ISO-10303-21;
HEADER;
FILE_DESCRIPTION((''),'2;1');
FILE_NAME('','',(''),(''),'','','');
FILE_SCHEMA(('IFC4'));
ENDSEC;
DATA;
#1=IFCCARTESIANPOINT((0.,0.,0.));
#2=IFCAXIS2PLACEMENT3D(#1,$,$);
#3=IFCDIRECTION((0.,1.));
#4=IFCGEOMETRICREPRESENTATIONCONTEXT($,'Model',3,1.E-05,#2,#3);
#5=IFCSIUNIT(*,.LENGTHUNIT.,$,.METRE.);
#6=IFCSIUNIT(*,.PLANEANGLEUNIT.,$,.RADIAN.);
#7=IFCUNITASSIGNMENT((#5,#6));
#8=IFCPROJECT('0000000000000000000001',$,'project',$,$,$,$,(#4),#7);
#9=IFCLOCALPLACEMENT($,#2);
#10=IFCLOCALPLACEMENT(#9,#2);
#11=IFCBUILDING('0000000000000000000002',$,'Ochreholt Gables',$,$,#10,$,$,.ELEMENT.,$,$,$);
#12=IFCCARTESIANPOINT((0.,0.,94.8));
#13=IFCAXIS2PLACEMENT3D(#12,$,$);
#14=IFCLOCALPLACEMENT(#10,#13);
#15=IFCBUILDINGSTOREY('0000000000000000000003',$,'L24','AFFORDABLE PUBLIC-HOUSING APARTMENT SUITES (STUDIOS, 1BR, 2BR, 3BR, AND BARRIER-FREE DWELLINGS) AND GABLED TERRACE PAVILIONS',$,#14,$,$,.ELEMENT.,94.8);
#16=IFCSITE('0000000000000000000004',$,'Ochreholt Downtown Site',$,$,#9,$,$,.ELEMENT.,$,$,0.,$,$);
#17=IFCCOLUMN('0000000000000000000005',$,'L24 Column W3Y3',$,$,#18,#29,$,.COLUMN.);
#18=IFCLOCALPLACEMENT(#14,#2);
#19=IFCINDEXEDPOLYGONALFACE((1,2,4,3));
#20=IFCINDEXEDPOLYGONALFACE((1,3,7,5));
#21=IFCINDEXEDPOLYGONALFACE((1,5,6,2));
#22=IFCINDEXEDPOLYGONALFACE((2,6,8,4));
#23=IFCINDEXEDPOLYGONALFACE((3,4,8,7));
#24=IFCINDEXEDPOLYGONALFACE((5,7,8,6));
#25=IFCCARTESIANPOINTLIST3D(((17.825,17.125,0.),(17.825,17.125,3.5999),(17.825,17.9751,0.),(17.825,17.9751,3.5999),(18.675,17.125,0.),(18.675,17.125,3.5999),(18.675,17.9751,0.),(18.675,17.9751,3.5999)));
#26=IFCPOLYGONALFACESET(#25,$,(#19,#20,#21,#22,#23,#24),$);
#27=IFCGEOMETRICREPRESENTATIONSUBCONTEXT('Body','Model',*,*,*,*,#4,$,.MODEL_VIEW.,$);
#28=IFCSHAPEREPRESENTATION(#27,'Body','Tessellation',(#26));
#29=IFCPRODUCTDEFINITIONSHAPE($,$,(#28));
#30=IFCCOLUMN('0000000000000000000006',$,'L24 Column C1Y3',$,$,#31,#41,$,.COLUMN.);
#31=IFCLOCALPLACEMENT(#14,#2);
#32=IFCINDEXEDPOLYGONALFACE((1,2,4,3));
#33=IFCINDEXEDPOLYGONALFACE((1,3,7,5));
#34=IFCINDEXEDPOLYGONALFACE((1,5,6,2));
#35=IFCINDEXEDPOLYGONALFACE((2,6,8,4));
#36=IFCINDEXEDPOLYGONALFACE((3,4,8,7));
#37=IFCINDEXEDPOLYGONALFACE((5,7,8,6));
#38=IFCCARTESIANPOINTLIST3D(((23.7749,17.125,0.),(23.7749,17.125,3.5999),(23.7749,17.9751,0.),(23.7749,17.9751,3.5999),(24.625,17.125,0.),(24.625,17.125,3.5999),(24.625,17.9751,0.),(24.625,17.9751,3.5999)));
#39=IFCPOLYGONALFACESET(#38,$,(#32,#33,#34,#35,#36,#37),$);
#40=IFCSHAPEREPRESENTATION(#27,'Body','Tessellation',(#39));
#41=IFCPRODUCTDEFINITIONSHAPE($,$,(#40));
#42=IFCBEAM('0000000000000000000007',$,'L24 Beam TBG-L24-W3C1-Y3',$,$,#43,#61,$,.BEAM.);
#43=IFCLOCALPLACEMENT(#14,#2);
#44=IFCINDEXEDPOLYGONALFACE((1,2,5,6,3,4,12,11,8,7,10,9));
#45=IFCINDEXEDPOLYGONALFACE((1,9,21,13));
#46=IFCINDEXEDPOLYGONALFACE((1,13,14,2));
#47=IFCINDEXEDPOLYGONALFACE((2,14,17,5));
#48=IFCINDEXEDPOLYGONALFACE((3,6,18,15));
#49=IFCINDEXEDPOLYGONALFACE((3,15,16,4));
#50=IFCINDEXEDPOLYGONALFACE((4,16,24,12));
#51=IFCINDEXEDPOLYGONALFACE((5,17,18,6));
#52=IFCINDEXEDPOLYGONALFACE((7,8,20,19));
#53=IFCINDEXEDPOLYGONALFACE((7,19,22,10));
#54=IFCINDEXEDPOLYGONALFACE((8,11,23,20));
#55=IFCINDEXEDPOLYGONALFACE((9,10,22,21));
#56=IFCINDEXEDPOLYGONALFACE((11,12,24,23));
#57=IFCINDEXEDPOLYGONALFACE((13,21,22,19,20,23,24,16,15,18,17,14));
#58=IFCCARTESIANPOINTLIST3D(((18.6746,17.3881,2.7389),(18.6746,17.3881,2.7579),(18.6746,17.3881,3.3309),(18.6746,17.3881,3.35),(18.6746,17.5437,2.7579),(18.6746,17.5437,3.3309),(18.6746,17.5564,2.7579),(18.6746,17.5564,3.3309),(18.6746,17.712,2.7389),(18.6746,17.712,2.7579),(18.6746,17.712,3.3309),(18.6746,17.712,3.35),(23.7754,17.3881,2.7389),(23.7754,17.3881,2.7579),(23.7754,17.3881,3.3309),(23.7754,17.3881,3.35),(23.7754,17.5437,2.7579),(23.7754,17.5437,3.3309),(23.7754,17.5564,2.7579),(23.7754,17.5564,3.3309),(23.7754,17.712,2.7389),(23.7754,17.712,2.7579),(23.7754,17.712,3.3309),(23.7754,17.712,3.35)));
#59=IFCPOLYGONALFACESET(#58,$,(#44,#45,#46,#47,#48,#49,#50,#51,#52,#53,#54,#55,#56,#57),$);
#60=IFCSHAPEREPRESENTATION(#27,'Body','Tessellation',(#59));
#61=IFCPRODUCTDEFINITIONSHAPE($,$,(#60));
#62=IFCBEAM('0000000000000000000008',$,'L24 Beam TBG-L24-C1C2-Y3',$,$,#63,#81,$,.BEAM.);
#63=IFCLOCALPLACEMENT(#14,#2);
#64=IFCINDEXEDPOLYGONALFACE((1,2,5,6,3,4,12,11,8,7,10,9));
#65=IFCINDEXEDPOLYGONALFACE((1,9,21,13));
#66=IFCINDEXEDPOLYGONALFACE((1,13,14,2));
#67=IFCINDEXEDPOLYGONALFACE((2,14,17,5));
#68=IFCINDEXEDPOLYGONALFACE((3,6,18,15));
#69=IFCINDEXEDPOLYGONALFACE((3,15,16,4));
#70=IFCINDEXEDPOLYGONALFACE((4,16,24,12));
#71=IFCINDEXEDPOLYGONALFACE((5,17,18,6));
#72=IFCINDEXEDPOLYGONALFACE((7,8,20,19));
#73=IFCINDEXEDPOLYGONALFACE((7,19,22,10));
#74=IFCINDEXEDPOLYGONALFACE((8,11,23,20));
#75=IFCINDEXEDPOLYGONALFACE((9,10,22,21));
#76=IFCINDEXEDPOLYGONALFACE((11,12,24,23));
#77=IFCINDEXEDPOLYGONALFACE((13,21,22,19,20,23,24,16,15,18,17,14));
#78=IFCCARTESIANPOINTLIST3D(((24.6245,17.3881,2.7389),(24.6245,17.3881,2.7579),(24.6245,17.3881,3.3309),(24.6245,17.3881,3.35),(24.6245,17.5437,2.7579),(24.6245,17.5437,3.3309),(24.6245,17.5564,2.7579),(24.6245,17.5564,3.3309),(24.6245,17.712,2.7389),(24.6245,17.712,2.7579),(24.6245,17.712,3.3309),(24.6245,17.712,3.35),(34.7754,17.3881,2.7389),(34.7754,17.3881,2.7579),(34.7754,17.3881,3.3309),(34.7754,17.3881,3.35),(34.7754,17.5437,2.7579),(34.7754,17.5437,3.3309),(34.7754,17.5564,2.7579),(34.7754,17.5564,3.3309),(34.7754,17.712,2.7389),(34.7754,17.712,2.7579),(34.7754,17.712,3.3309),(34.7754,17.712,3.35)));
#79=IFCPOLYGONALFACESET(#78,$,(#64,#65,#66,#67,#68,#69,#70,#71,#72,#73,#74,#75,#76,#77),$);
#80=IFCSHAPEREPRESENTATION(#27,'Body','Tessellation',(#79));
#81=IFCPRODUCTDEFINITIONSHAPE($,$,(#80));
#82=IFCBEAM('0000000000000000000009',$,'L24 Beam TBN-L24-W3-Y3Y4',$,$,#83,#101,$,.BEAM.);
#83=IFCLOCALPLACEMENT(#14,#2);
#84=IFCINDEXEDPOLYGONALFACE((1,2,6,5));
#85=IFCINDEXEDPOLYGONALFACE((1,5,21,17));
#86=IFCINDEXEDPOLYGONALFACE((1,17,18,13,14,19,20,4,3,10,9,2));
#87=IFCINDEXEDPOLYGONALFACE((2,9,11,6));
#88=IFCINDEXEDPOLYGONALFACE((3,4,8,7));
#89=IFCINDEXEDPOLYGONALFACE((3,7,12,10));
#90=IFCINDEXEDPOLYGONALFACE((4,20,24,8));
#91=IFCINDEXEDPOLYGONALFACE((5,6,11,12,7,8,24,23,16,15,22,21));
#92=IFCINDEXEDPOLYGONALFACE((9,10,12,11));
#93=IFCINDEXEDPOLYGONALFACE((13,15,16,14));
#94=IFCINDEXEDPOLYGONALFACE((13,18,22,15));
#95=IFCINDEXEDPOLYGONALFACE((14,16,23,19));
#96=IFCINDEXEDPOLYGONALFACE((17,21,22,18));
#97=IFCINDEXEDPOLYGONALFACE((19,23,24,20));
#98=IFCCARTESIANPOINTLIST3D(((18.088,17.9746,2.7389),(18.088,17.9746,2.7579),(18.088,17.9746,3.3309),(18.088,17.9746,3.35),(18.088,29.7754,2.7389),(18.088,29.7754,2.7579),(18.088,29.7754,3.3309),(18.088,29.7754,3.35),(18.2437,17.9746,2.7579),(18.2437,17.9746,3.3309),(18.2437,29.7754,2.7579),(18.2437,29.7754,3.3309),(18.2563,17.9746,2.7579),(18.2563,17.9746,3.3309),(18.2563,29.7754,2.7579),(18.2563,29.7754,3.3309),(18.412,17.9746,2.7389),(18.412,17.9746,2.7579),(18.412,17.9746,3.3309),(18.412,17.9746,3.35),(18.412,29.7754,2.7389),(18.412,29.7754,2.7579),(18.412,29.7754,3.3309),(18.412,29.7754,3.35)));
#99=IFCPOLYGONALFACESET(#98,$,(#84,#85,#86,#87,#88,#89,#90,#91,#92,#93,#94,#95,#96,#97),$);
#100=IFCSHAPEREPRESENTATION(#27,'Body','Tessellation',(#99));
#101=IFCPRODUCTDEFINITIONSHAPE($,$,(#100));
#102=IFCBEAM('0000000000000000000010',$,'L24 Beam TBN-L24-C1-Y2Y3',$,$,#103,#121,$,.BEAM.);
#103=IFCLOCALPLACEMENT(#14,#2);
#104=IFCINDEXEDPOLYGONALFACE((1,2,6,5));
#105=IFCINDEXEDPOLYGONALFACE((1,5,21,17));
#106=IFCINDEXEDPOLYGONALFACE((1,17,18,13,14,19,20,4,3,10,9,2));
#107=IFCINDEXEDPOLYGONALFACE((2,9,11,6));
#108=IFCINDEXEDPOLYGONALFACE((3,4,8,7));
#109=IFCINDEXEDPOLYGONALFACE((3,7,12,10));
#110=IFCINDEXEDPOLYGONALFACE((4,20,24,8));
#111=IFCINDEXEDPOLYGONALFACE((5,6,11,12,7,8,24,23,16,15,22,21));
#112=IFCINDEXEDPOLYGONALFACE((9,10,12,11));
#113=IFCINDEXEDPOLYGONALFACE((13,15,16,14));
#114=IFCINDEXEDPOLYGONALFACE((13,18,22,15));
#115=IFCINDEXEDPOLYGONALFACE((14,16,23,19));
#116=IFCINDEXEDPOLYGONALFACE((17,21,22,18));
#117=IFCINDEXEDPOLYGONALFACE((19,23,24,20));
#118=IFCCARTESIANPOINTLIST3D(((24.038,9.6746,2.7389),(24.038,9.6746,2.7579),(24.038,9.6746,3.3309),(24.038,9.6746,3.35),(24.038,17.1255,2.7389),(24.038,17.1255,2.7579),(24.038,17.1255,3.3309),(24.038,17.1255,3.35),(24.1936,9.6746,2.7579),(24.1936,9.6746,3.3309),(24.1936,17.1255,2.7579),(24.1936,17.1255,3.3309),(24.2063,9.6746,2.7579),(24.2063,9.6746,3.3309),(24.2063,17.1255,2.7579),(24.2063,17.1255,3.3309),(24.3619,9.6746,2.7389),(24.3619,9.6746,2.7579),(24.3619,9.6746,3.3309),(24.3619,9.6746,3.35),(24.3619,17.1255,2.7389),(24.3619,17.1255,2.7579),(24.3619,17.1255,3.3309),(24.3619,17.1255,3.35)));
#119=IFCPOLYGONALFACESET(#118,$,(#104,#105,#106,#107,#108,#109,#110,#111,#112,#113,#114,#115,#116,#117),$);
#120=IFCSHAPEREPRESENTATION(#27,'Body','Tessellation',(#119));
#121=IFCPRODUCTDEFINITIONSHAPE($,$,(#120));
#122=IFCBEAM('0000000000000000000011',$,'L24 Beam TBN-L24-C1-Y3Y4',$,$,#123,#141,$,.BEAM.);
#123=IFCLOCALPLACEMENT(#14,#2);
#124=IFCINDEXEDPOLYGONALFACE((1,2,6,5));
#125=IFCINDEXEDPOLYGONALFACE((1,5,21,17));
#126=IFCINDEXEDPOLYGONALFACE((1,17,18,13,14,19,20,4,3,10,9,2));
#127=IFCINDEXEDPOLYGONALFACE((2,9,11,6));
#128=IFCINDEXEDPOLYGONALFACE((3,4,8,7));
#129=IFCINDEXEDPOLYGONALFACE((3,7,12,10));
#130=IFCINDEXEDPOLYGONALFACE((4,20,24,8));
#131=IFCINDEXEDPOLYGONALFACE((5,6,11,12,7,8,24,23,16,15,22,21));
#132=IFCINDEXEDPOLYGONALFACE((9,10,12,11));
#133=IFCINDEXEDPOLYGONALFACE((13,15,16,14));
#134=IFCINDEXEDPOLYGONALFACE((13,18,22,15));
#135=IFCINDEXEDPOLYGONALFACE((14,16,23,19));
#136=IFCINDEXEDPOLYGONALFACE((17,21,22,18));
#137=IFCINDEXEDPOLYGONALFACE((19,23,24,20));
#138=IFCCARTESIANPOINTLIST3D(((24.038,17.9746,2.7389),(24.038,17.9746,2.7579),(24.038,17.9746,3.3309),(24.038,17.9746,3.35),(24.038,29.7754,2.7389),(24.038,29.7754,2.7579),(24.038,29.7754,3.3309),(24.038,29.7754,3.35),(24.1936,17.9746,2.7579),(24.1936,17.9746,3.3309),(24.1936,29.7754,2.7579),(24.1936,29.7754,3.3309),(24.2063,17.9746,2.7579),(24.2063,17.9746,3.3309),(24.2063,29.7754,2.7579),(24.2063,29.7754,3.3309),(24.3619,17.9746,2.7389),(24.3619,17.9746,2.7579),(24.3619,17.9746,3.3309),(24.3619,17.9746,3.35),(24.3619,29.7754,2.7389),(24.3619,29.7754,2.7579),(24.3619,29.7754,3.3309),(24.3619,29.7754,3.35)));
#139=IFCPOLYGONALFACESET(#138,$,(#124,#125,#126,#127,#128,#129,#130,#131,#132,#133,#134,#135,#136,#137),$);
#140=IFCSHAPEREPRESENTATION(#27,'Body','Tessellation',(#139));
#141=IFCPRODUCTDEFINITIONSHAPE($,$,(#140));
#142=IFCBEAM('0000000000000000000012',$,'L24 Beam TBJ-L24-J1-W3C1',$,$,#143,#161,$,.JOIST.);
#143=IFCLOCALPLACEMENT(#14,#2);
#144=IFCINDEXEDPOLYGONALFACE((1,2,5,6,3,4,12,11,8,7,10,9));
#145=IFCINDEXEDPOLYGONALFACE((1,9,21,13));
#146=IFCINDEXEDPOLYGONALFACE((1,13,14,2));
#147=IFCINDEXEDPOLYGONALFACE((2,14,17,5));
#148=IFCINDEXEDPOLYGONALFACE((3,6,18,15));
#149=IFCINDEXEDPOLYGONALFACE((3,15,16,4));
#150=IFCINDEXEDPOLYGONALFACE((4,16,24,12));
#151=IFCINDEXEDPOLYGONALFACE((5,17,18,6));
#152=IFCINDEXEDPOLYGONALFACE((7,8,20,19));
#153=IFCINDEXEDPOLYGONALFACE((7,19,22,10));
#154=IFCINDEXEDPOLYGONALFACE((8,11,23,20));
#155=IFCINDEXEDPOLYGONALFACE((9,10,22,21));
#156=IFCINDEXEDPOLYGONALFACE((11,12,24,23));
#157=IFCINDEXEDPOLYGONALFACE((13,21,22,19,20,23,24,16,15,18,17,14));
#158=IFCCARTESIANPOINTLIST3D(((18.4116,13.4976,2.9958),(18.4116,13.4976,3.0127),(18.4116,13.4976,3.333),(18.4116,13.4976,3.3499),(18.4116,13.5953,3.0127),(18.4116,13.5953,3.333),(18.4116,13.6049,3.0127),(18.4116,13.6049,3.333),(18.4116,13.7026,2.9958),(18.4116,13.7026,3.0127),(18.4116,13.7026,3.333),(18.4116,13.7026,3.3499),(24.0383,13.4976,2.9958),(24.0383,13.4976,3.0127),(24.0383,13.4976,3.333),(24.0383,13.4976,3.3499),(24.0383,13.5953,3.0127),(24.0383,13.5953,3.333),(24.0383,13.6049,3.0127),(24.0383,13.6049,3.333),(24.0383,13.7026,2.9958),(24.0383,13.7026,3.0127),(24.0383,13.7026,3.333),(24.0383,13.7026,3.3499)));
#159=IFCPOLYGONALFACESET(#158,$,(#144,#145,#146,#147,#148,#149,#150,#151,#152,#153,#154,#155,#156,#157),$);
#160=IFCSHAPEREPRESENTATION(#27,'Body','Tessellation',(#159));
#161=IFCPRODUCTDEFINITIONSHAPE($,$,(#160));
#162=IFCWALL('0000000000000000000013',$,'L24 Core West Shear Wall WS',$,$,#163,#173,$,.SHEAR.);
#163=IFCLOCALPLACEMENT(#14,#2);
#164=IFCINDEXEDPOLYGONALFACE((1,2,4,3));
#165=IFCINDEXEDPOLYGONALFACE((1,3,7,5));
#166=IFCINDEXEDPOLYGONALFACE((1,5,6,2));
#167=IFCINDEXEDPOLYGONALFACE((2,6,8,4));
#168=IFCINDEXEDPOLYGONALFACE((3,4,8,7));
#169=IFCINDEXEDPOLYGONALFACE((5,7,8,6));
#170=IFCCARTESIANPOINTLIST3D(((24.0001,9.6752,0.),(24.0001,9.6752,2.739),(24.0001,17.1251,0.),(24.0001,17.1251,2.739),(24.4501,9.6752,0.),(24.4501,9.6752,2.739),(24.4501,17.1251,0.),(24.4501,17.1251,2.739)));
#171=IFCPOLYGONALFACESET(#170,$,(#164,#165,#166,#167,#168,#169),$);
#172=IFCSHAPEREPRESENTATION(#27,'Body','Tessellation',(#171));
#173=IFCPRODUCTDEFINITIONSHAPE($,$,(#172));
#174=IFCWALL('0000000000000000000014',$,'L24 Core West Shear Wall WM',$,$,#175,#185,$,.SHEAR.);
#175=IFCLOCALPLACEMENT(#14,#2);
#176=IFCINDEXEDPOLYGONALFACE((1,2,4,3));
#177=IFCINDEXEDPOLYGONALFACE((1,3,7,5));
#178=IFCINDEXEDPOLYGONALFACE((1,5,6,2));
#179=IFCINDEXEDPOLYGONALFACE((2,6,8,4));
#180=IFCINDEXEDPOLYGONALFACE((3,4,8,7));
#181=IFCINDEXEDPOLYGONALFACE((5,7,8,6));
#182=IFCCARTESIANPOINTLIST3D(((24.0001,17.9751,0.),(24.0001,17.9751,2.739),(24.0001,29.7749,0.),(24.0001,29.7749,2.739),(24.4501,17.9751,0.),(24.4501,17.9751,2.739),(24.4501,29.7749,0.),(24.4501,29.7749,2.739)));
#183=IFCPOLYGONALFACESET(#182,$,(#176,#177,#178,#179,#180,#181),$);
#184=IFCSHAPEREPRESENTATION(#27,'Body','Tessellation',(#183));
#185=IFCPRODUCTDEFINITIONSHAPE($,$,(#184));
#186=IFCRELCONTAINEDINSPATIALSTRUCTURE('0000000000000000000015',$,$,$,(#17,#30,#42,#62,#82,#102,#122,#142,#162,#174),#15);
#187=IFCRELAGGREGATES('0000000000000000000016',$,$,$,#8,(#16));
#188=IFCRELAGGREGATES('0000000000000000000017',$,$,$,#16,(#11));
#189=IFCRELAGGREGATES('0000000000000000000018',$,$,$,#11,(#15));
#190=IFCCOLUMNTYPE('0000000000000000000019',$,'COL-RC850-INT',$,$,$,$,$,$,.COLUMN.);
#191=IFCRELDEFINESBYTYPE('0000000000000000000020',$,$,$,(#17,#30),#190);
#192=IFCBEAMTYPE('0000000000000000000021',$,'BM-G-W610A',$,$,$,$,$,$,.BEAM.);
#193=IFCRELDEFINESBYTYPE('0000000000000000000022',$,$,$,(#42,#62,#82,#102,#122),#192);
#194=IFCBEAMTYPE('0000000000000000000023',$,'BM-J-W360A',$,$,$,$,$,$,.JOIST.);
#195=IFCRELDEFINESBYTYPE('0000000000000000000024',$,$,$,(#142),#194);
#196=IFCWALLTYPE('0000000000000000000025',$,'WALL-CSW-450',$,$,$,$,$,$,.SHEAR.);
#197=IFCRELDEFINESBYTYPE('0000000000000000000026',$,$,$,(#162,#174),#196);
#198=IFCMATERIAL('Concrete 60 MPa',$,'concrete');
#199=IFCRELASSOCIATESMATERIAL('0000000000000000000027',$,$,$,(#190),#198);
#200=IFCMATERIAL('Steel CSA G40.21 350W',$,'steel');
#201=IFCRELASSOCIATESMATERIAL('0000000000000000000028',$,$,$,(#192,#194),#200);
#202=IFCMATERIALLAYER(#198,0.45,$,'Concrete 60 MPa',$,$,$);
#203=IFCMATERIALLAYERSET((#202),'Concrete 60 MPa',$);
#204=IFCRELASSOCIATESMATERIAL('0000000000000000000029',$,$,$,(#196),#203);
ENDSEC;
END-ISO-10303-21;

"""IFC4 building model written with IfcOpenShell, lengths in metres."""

from ifc_helpers import new_model, si_unit, direction, frame, frame_2d, origin, origin_2d, place, context, subcontext, project, spatial, rectangle, i_section, extrude, material, layer, layer_set, material_profile, profile_set, type_object, element, save


model = new_model("IFC4")

# Units and contexts
model_context = context("Model", 3, precision=1e-05, world=origin(), true_north=direction((0.0, 1.0)))
body_context = subcontext(model_context, "Body", "Model", "MODEL_VIEW")
ifc_project = project(units=[si_unit("LENGTHUNIT", "METRE"), si_unit("PLANEANGLEUNIT", "RADIAN")], contexts=[model_context])

# Site, building, storey
site_placement = place(None, origin())
site = spatial("IfcSite", under=ifc_project, at=site_placement, Name="Ochreholt Downtown Site", CompositionType="ELEMENT", RefElevation=0.0)
building_placement = place(site_placement, origin())
building = spatial("IfcBuilding", under=site, at=building_placement, Name="Ochreholt Gables", CompositionType="ELEMENT")
storey_placement = place(building_placement, frame((0.0, 0.0, 94.8)))
storey = spatial("IfcBuildingStorey", under=building, at=storey_placement, Name="L24", Description="AFFORDABLE PUBLIC-HOUSING APARTMENT SUITES (STUDIOS, 1BR, 2BR, 3BR, AND BARRIER-FREE DWELLINGS) AND GABLED TERRACE PAVILIONS", CompositionType="ELEMENT", Elevation=94.8)

# Columns
ifc_material_1 = material(Name="Concrete 60 MPa", Category="concrete")
ifc_material_profile_1 = material_profile(ifc_material_1, rectangle(XDim=0.8501, YDim=0.8501, at=origin_2d()), Name="RC850X850")
ifc_profile_set_1 = profile_set([ifc_material_profile_1], Name="Concrete 60 MPa")
column_type = type_object("IfcColumnType", Name="COL-RC850-INT", PredefinedType="COLUMN", material=ifc_profile_set_1)
for number, where, z_axis, x_axis, name in (
    (1, (18.25, 17.55, 0.0), (0.0, 0.0, 1.0), (1.0, 0.0, 0.0), "L24 Column W3Y3"),
    (2, (24.2, 17.55, 0.0), (0.0, 0.0, 1.0), (1.0, 0.0, 0.0), "L24 Column C1Y3"),
):
    element("IfcColumn", number, at=place(storey_placement, frame(where, z_axis=z_axis, x_axis=x_axis)), inside=storey, type_object=column_type, Name=name, PredefinedType="COLUMN", context=body_context, shape_type="SweptSolid", body=[
        extrude(rectangle(XDim=0.8501, YDim=0.8501, at=origin_2d()), origin(), (0.0, 0.0, 1.0), 3.5999),
    ])

# Beams
ifc_material_2 = material(Name="Steel CSA G40.21 350W", Category="steel")
ifc_material_profile_2 = material_profile(ifc_material_2, i_section(OverallWidth=0.324, OverallDepth=0.6111, WebThickness=0.0127, FlangeThickness=0.019, at=origin_2d()), Name="W610X155")
ifc_profile_set_2 = profile_set([ifc_material_profile_2], Name="Steel CSA G40.21 350W")
beam_type_1 = type_object("IfcBeamType", Name="BM-G-W610A", PredefinedType="BEAM", material=ifc_profile_set_2)
beam_1_placement = place(storey_placement, frame((18.6746, 17.55, 3.0444), z_axis=(1.0, 0.0, 0.0), x_axis=(0.0, 1.0, 0.0)))
element("IfcBeam", 3, at=beam_1_placement, inside=storey, type_object=beam_type_1, Name="L24 Beam TBG-L24-W3C1-Y3", PredefinedType="BEAM", context=body_context, shape_type="SweptSolid", body=[
    extrude(i_section(OverallWidth=0.324, OverallDepth=0.6111, WebThickness=0.0127, FlangeThickness=0.019, at=origin_2d()), origin(), (0.0, 0.0, 1.0), 5.1008),
])
beam_2_placement = place(storey_placement, frame((24.6245, 17.55, 3.0444), z_axis=(1.0, 0.0, 0.0), x_axis=(0.0, 1.0, 0.0)))
element("IfcBeam", 4, at=beam_2_placement, inside=storey, type_object=beam_type_1, Name="L24 Beam TBG-L24-C1C2-Y3", PredefinedType="BEAM", context=body_context, shape_type="SweptSolid", body=[
    extrude(i_section(OverallWidth=0.324, OverallDepth=0.6111, WebThickness=0.0127, FlangeThickness=0.019, at=origin_2d()), origin(), (0.0, 0.0, 1.0), 10.1509),
])
beam_3_placement = place(storey_placement, frame((18.25, 17.9746, 3.0444), z_axis=(0.0, 1.0, 0.0), x_axis=(-1.0, 0.0, 0.0)))
element("IfcBeam", 5, at=beam_3_placement, inside=storey, type_object=beam_type_1, Name="L24 Beam TBN-L24-W3-Y3Y4", PredefinedType="BEAM", context=body_context, shape_type="SweptSolid", body=[
    extrude(i_section(OverallWidth=0.324, OverallDepth=0.6111, WebThickness=0.0127, FlangeThickness=0.019, at=origin_2d()), origin(), (0.0, 0.0, 1.0), 11.8008),
])
beam_4_placement = place(storey_placement, frame((24.2, 9.6746, 3.0444), z_axis=(0.0, 1.0, 0.0), x_axis=(-1.0, 0.0, 0.0)))
element("IfcBeam", 6, at=beam_4_placement, inside=storey, type_object=beam_type_1, Name="L24 Beam TBN-L24-C1-Y2Y3", PredefinedType="BEAM", context=body_context, shape_type="SweptSolid", body=[
    extrude(i_section(OverallWidth=0.324, OverallDepth=0.6111, WebThickness=0.0127, FlangeThickness=0.019, at=origin_2d()), origin(), (0.0, 0.0, 1.0), 7.4509),
])
beam_5_placement = place(storey_placement, frame((24.2, 17.9746, 3.0444), z_axis=(0.0, 1.0, 0.0), x_axis=(-1.0, 0.0, 0.0)))
element("IfcBeam", 7, at=beam_5_placement, inside=storey, type_object=beam_type_1, Name="L24 Beam TBN-L24-C1-Y3Y4", PredefinedType="BEAM", context=body_context, shape_type="SweptSolid", body=[
    extrude(i_section(OverallWidth=0.324, OverallDepth=0.6111, WebThickness=0.0127, FlangeThickness=0.019, at=origin_2d()), origin(), (0.0, 0.0, 1.0), 11.8008),
])
ifc_material_profile_3 = material_profile(ifc_material_2, i_section(OverallWidth=0.2051, OverallDepth=0.354, WebThickness=0.0095, FlangeThickness=0.0168, at=origin_2d()), Name="W360X79")
ifc_profile_set_3 = profile_set([ifc_material_profile_3], Name="Steel CSA G40.21 350W")
beam_type_2 = type_object("IfcBeamType", Name="BM-J-W360A", PredefinedType="JOIST", material=ifc_profile_set_3)
beam_6_placement = place(storey_placement, frame((18.4116, 13.6001, 3.1729), z_axis=(1.0, 0.0, 0.0), x_axis=(0.0, 1.0, 0.0)))
element("IfcBeam", 8, at=beam_6_placement, inside=storey, type_object=beam_type_2, Name="L24 Beam TBJ-L24-J1-W3C1", PredefinedType="JOIST", context=body_context, shape_type="SweptSolid", body=[
    extrude(i_section(OverallWidth=0.2051, OverallDepth=0.354, WebThickness=0.0095, FlangeThickness=0.0168, at=origin_2d()), origin(), (0.0, 0.0, 1.0), 5.6267),
])

# Walls
ifc_layer_1 = layer(ifc_material_1, 0.45, Name="Concrete 60 MPa")
ifc_layer_set_1 = layer_set([ifc_layer_1], Name="Concrete 60 MPa")
wall_type_1 = type_object("IfcWallType", Name="WALL-CSW-450", PredefinedType="SHEAR", material=ifc_layer_set_1)
wall_1_placement = place(storey_placement, frame((24.2251, 9.675, 0.0), z_axis=(0.0, 0.0, 1.0), x_axis=(0.0, 1.0, 0.0)))
element("IfcWall", 9, at=wall_1_placement, inside=storey, type_object=wall_type_1, Name="L24 Core West Shear Wall WS", PredefinedType="SHEAR", context=body_context, shape_type="SweptSolid", body=[
    extrude(rectangle(XDim=7.45, YDim=0.45, at=frame_2d((3.7251, 0.0))), origin(), (0.0, 0.0, 1.0), 2.739),
])
wall_2_placement = place(storey_placement, frame((24.2251, 17.9751, 0.0), z_axis=(0.0, 0.0, 1.0), x_axis=(0.0, 1.0, 0.0)))
element("IfcWall", 10, at=wall_2_placement, inside=storey, type_object=wall_type_1, Name="L24 Core West Shear Wall WM", PredefinedType="SHEAR", context=body_context, shape_type="SweptSolid", body=[
    extrude(rectangle(XDim=11.7998, YDim=0.45, at=frame_2d((5.8999, 0.0))), origin(), (0.0, 0.0, 1.0), 2.739),
])

save(model, "model.ifc")
